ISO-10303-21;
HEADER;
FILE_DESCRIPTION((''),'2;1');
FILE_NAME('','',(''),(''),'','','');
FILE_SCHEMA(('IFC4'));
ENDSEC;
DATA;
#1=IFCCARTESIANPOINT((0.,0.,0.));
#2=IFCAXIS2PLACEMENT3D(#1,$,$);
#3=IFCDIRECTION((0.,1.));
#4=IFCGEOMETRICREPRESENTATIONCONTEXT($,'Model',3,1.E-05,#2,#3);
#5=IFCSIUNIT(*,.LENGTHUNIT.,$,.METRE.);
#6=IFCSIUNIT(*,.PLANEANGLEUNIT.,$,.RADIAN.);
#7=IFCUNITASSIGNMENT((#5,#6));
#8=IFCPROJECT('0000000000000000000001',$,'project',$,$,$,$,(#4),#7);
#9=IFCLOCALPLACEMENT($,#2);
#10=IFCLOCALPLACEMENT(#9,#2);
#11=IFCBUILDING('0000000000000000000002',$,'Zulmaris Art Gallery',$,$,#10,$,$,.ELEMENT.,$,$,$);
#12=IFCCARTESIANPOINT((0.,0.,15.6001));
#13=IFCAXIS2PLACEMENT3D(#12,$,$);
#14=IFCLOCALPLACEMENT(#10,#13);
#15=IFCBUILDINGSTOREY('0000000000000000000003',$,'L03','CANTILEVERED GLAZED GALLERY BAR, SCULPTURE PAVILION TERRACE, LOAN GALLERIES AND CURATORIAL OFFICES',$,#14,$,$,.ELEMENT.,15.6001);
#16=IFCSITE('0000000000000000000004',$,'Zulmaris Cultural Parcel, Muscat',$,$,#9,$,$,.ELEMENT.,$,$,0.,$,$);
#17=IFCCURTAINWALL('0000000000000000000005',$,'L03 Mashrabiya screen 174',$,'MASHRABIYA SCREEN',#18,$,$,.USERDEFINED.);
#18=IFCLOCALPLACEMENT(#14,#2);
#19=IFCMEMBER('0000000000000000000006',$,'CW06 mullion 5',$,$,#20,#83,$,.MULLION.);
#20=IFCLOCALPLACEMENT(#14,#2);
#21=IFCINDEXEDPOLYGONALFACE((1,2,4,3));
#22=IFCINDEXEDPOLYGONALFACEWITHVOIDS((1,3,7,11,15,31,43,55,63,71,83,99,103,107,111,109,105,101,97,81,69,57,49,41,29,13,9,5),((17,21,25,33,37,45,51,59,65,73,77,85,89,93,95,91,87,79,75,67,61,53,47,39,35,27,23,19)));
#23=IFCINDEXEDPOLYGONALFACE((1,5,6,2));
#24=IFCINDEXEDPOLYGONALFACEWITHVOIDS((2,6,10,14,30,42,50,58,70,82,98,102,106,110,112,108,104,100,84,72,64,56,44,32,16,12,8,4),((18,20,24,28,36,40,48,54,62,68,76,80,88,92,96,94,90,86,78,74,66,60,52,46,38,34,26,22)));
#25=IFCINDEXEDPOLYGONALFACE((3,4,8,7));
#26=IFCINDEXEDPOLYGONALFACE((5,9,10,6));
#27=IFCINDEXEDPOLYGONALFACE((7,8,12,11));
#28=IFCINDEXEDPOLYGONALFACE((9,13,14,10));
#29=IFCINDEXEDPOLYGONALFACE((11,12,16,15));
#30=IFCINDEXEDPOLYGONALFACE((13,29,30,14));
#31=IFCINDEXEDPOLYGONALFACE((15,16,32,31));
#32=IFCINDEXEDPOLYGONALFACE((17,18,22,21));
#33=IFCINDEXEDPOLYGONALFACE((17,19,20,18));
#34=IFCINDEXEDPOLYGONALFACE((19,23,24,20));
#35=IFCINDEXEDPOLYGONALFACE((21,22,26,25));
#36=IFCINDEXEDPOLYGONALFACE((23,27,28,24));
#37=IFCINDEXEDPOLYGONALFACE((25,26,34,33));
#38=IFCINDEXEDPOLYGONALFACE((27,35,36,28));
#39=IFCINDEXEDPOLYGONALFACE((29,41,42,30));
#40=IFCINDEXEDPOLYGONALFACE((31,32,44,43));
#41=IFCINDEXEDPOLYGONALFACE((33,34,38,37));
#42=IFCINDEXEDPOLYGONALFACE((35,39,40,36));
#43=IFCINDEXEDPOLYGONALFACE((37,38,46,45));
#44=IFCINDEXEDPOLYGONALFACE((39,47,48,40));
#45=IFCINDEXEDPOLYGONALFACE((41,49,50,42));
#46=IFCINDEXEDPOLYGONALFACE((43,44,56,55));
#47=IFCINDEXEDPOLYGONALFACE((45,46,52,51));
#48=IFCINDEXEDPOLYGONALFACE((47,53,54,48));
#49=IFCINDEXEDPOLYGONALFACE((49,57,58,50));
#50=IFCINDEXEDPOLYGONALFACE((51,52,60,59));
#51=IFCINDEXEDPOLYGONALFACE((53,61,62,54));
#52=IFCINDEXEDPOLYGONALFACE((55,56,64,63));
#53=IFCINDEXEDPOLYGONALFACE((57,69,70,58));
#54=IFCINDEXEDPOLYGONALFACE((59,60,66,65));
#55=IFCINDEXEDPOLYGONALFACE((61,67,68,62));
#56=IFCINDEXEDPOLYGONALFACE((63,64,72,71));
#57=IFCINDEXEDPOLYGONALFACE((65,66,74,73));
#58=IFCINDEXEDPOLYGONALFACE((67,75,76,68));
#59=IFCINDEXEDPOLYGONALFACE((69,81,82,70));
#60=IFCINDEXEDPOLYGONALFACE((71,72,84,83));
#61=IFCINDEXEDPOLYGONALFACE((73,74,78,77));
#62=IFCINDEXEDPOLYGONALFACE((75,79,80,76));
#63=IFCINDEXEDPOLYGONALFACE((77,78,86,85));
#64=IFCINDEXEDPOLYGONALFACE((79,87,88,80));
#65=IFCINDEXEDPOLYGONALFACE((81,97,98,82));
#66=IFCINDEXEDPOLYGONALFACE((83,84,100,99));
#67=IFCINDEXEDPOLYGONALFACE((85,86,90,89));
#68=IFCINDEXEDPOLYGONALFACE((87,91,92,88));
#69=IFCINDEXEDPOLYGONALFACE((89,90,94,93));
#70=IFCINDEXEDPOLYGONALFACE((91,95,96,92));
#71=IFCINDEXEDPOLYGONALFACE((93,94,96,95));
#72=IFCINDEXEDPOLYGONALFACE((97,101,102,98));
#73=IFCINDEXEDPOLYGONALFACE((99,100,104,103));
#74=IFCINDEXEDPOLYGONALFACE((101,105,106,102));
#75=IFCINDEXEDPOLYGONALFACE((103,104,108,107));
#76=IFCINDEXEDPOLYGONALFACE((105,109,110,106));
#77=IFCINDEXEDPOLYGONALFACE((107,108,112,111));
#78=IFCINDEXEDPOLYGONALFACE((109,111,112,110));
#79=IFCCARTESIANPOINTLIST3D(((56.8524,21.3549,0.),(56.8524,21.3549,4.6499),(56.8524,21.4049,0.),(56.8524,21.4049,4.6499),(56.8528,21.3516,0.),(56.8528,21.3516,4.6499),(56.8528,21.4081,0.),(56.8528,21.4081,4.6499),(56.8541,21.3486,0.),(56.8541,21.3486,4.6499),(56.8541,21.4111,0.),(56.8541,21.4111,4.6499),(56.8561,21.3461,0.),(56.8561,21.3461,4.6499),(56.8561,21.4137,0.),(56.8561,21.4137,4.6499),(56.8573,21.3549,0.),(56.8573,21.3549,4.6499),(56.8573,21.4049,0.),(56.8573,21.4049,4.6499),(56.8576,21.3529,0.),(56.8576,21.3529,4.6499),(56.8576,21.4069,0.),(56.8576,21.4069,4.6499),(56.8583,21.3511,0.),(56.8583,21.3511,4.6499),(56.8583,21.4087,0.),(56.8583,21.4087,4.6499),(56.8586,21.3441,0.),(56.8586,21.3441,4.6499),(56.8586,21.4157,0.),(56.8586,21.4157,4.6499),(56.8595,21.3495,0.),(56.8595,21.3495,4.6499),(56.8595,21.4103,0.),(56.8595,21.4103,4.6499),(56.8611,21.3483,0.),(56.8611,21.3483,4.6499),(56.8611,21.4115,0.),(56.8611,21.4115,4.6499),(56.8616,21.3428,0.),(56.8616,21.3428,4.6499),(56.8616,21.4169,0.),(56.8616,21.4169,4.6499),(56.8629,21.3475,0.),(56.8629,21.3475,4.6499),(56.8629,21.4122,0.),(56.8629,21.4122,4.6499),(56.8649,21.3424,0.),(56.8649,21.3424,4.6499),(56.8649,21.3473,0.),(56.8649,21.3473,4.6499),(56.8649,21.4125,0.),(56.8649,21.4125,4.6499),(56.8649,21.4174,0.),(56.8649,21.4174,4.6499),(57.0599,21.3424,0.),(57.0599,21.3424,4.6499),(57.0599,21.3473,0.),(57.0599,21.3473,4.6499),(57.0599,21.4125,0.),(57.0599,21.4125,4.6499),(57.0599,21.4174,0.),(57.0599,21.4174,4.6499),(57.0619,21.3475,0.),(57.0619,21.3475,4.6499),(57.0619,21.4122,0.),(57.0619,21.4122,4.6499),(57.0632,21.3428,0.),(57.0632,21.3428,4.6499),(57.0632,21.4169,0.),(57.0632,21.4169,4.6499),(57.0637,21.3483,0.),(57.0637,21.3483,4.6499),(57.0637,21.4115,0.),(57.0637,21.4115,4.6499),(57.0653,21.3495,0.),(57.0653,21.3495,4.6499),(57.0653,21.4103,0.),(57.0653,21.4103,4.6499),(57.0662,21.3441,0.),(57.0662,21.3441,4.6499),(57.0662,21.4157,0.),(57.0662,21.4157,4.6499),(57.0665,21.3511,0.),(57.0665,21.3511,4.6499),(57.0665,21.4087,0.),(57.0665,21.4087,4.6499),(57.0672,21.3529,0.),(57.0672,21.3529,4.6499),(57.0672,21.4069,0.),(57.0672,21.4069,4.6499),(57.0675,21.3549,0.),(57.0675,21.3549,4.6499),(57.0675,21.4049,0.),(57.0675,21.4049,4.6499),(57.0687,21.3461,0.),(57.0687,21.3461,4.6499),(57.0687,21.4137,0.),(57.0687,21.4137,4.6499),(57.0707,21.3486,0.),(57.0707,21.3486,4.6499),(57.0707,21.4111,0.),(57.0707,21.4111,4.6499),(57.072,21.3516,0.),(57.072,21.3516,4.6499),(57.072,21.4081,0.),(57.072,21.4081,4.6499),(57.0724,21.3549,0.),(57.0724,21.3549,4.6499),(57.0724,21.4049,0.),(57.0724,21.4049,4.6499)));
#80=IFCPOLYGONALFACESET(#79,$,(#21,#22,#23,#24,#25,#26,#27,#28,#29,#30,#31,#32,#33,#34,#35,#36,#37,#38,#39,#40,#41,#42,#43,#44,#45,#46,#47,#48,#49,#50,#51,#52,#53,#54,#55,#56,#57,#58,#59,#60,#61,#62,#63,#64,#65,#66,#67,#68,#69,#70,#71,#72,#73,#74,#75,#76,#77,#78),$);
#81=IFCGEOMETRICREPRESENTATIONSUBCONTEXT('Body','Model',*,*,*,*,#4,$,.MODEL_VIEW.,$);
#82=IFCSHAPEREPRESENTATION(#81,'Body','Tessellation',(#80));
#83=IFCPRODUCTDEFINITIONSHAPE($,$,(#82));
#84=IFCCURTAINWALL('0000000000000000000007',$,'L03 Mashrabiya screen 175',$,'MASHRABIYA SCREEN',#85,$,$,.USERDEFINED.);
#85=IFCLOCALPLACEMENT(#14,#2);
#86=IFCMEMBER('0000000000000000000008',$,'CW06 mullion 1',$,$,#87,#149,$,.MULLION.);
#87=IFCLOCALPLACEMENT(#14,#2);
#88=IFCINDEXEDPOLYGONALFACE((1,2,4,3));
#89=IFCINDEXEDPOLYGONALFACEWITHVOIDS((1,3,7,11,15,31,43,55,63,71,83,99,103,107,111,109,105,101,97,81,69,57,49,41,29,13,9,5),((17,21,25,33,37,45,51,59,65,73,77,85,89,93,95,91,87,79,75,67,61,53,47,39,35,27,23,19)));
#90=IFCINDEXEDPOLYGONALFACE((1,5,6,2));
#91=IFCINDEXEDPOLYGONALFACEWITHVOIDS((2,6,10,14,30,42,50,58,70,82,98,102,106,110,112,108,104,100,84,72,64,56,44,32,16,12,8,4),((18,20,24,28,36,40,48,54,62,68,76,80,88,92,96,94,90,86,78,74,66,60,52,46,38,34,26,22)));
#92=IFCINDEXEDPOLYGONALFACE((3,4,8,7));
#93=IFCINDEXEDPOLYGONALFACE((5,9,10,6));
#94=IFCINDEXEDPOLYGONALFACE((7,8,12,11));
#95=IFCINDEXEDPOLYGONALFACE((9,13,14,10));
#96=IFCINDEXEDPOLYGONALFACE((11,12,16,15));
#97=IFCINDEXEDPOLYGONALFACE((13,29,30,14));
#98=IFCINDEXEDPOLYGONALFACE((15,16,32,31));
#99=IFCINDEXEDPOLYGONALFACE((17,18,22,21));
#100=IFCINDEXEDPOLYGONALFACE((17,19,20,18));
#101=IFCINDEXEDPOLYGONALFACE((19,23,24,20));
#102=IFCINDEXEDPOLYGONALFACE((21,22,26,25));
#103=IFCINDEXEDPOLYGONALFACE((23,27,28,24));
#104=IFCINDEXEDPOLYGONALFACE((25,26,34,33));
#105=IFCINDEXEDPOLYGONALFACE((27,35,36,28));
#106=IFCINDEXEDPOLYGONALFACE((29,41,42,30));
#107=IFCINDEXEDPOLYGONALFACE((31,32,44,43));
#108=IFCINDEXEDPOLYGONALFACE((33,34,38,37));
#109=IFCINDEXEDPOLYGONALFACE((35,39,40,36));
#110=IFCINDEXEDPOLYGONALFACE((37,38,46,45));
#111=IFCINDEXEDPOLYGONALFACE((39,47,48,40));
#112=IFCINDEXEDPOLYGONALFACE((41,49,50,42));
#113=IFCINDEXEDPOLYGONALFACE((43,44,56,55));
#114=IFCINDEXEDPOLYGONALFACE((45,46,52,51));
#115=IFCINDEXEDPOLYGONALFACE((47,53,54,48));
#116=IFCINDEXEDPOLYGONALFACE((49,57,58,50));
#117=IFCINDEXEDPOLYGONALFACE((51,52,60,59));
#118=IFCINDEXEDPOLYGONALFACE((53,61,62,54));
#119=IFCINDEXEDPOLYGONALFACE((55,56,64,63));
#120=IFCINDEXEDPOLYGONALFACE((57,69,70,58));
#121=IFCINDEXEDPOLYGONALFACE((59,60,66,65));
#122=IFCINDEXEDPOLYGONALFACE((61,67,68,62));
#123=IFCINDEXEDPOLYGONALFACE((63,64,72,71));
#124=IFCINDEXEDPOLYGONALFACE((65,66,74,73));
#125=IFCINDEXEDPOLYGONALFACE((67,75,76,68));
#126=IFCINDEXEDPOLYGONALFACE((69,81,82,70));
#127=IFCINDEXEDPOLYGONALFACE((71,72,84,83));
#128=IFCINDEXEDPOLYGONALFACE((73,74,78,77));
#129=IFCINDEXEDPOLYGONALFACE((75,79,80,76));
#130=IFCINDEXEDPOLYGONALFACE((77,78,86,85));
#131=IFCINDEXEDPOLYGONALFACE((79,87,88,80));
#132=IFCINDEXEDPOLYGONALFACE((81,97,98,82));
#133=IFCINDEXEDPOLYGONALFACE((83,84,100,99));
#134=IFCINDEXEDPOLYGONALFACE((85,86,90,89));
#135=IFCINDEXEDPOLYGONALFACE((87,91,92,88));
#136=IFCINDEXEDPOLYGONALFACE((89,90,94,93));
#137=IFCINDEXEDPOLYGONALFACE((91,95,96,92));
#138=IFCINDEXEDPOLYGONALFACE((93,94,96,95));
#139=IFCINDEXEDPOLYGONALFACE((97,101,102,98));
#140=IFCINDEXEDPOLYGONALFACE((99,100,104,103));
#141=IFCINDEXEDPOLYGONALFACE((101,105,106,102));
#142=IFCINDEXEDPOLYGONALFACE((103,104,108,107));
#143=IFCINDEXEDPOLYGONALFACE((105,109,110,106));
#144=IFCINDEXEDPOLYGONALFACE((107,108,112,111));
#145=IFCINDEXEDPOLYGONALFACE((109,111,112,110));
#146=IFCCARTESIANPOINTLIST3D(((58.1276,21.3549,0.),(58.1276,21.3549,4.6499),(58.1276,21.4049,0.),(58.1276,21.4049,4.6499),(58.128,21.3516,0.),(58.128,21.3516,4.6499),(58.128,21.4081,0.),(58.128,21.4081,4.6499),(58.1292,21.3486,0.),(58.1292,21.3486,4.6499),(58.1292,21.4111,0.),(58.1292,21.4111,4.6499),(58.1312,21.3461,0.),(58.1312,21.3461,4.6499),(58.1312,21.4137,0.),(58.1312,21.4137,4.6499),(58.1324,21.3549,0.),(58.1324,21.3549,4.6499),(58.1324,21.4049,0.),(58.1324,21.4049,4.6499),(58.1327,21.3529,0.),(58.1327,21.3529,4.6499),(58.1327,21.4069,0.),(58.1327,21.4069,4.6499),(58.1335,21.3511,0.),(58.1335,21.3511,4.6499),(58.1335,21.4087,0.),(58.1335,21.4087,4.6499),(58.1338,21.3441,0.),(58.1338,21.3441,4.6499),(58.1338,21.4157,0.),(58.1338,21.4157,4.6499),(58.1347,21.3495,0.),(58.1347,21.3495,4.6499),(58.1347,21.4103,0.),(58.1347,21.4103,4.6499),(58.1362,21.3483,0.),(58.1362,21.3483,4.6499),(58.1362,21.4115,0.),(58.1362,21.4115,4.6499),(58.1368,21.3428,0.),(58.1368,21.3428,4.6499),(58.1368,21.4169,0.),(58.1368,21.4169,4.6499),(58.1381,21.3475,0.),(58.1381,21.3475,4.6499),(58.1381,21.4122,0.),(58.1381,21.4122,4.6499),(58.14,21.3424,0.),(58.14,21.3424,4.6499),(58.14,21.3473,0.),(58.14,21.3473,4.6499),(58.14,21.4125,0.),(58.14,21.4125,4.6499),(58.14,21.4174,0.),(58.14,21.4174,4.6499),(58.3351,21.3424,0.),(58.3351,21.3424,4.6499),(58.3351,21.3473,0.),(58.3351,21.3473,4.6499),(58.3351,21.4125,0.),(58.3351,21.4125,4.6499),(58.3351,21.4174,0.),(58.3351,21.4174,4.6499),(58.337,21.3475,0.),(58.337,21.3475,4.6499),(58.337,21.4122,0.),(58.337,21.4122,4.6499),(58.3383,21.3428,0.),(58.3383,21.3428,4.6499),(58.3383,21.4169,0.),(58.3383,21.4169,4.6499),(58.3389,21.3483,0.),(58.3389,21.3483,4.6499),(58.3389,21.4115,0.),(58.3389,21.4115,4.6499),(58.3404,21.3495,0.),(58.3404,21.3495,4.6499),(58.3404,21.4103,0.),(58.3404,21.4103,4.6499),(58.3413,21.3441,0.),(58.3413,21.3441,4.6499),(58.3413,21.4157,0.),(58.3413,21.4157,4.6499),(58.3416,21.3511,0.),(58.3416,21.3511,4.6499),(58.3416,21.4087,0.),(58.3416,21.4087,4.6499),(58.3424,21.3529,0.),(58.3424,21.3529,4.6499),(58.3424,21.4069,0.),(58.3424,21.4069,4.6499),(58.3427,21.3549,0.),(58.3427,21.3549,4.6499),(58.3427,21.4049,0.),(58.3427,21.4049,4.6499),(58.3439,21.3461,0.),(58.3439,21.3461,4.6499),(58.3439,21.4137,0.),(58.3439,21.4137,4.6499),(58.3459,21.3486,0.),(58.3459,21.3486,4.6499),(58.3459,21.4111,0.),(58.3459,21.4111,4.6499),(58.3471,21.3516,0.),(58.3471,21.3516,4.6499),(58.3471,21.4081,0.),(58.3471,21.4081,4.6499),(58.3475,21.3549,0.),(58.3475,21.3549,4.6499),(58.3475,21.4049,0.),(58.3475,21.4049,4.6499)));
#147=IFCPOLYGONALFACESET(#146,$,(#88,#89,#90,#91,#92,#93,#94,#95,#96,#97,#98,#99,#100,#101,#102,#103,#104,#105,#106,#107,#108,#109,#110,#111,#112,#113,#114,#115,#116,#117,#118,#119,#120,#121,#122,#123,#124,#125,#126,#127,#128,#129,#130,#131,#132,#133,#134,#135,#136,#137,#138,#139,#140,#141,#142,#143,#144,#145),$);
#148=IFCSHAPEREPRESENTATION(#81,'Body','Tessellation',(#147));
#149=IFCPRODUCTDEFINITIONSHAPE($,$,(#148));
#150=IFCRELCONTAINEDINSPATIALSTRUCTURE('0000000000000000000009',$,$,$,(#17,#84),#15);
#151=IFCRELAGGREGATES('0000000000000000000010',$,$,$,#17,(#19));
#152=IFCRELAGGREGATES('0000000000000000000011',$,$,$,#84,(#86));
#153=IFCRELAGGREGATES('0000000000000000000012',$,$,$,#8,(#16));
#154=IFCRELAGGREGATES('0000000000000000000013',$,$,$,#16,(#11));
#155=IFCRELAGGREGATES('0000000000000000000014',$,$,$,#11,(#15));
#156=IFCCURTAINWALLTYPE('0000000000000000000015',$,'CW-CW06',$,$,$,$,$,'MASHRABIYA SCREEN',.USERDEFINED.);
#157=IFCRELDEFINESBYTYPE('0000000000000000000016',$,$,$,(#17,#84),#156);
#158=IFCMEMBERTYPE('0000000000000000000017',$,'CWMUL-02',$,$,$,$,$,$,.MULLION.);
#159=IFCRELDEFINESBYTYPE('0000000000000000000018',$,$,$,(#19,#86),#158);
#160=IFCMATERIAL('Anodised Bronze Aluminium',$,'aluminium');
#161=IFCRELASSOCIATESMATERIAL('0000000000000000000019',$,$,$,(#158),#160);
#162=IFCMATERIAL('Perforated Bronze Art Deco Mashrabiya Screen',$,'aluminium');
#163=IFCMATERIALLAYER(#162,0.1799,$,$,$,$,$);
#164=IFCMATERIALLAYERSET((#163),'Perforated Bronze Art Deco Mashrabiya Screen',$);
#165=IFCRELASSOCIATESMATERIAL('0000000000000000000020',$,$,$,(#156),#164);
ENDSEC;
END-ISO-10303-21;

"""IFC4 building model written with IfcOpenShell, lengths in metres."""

from ifc_helpers import new_model, si_unit, direction, frame, origin, origin_2d, place, context, subcontext, project, spatial, hollow_rectangle, extrude, material, layer, layer_set, material_profile, profile_set, type_object, element, aggregate, save


model = new_model("IFC4")

# Units and contexts
model_context = context("Model", 3, precision=1e-05, world=origin(), true_north=direction((0.0, 1.0)))
body_context = subcontext(model_context, "Body", "Model", "MODEL_VIEW")
ifc_project = project(units=[si_unit("LENGTHUNIT", "METRE"), si_unit("PLANEANGLEUNIT", "RADIAN")], contexts=[model_context])

# Site, building, storey
site_placement = place(None, origin())
site = spatial("IfcSite", under=ifc_project, at=site_placement, Name="Zulmaris Cultural Parcel, Muscat", CompositionType="ELEMENT", RefElevation=0.0)
building_placement = place(site_placement, origin())
building = spatial("IfcBuilding", under=site, at=building_placement, Name="Zulmaris Art Gallery", CompositionType="ELEMENT")
storey_placement = place(building_placement, frame((0.0, 0.0, 15.6001)))
storey = spatial("IfcBuildingStorey", under=building, at=storey_placement, Name="L03", Description="CANTILEVERED GLAZED GALLERY BAR, SCULPTURE PAVILION TERRACE, LOAN GALLERIES AND CURATORIAL OFFICES", CompositionType="ELEMENT", Elevation=15.6001)

# Shared definitions
ifc_material_1 = material(Name="Anodised Bronze Aluminium", Category="aluminium")
ifc_material_profile_1 = material_profile(ifc_material_1, hollow_rectangle(XDim=0.075, YDim=0.22, WallThickness=0.0049, InnerFilletRadius=0.0076, OuterFilletRadius=0.0125, at=origin_2d()), Name="ALU 75x220x5")
ifc_profile_set_1 = profile_set([ifc_material_profile_1], Name="Anodised Bronze Aluminium")
member_type_1 = type_object("IfcMemberType", Name="CWMUL-02", PredefinedType="MULLION", material=ifc_profile_set_1)

# Curtain wall, member
ifc_material_2 = material(Name="Perforated Bronze Art Deco Mashrabiya Screen", Category="aluminium")
ifc_layer_1 = layer(ifc_material_2, 0.1799)
ifc_layer_set_1 = layer_set([ifc_layer_1], Name="Perforated Bronze Art Deco Mashrabiya Screen")
curtain_wall_type_1 = type_object("IfcCurtainWallType", Name="CW-CW06", ElementType="MASHRABIYA SCREEN", PredefinedType="USERDEFINED", material=ifc_layer_set_1)
curtain_wall_1_placement = place(storey_placement, origin())
curtain_wall_1 = element("IfcCurtainWall", 1, at=curtain_wall_1_placement, inside=storey, type_object=curtain_wall_type_1, Name="L03 Mashrabiya screen 174", ObjectType="MASHRABIYA SCREEN", PredefinedType="USERDEFINED")
member_1_placement = place(storey_placement, frame((56.9624, 21.3799, 0.0), z_axis=(0.0, 0.0, 1.0), x_axis=(0.0, 1.0, 0.0)))
member_1 = element("IfcMember", 2, at=member_1_placement, type_object=member_type_1, Name="CW06 mullion 5", PredefinedType="MULLION", context=body_context, shape_type="SweptSolid", body=[
    extrude(hollow_rectangle(XDim=0.075, YDim=0.22, WallThickness=0.0049, InnerFilletRadius=0.0076, OuterFilletRadius=0.0125, at=origin_2d()), origin(), (0.0, 0.0, 1.0), 4.6499),
])

# Curtain wall, member
curtain_wall_2_placement = place(storey_placement, origin())
curtain_wall_2 = element("IfcCurtainWall", 3, at=curtain_wall_2_placement, inside=storey, type_object=curtain_wall_type_1, Name="L03 Mashrabiya screen 175", ObjectType="MASHRABIYA SCREEN", PredefinedType="USERDEFINED")
member_2_placement = place(storey_placement, frame((58.2375, 21.3799, 0.0), z_axis=(0.0, 0.0, 1.0), x_axis=(0.0, 1.0, 0.0)))
member_2 = element("IfcMember", 4, at=member_2_placement, type_object=member_type_1, Name="CW06 mullion 1", PredefinedType="MULLION", context=body_context, shape_type="SweptSolid", body=[
    extrude(hollow_rectangle(XDim=0.075, YDim=0.22, WallThickness=0.0049, InnerFilletRadius=0.0076, OuterFilletRadius=0.0125, at=origin_2d()), origin(), (0.0, 0.0, 1.0), 4.6499),
])

aggregate(curtain_wall_1, [member_1])
aggregate(curtain_wall_2, [member_2])

save(model, "model.ifc")
